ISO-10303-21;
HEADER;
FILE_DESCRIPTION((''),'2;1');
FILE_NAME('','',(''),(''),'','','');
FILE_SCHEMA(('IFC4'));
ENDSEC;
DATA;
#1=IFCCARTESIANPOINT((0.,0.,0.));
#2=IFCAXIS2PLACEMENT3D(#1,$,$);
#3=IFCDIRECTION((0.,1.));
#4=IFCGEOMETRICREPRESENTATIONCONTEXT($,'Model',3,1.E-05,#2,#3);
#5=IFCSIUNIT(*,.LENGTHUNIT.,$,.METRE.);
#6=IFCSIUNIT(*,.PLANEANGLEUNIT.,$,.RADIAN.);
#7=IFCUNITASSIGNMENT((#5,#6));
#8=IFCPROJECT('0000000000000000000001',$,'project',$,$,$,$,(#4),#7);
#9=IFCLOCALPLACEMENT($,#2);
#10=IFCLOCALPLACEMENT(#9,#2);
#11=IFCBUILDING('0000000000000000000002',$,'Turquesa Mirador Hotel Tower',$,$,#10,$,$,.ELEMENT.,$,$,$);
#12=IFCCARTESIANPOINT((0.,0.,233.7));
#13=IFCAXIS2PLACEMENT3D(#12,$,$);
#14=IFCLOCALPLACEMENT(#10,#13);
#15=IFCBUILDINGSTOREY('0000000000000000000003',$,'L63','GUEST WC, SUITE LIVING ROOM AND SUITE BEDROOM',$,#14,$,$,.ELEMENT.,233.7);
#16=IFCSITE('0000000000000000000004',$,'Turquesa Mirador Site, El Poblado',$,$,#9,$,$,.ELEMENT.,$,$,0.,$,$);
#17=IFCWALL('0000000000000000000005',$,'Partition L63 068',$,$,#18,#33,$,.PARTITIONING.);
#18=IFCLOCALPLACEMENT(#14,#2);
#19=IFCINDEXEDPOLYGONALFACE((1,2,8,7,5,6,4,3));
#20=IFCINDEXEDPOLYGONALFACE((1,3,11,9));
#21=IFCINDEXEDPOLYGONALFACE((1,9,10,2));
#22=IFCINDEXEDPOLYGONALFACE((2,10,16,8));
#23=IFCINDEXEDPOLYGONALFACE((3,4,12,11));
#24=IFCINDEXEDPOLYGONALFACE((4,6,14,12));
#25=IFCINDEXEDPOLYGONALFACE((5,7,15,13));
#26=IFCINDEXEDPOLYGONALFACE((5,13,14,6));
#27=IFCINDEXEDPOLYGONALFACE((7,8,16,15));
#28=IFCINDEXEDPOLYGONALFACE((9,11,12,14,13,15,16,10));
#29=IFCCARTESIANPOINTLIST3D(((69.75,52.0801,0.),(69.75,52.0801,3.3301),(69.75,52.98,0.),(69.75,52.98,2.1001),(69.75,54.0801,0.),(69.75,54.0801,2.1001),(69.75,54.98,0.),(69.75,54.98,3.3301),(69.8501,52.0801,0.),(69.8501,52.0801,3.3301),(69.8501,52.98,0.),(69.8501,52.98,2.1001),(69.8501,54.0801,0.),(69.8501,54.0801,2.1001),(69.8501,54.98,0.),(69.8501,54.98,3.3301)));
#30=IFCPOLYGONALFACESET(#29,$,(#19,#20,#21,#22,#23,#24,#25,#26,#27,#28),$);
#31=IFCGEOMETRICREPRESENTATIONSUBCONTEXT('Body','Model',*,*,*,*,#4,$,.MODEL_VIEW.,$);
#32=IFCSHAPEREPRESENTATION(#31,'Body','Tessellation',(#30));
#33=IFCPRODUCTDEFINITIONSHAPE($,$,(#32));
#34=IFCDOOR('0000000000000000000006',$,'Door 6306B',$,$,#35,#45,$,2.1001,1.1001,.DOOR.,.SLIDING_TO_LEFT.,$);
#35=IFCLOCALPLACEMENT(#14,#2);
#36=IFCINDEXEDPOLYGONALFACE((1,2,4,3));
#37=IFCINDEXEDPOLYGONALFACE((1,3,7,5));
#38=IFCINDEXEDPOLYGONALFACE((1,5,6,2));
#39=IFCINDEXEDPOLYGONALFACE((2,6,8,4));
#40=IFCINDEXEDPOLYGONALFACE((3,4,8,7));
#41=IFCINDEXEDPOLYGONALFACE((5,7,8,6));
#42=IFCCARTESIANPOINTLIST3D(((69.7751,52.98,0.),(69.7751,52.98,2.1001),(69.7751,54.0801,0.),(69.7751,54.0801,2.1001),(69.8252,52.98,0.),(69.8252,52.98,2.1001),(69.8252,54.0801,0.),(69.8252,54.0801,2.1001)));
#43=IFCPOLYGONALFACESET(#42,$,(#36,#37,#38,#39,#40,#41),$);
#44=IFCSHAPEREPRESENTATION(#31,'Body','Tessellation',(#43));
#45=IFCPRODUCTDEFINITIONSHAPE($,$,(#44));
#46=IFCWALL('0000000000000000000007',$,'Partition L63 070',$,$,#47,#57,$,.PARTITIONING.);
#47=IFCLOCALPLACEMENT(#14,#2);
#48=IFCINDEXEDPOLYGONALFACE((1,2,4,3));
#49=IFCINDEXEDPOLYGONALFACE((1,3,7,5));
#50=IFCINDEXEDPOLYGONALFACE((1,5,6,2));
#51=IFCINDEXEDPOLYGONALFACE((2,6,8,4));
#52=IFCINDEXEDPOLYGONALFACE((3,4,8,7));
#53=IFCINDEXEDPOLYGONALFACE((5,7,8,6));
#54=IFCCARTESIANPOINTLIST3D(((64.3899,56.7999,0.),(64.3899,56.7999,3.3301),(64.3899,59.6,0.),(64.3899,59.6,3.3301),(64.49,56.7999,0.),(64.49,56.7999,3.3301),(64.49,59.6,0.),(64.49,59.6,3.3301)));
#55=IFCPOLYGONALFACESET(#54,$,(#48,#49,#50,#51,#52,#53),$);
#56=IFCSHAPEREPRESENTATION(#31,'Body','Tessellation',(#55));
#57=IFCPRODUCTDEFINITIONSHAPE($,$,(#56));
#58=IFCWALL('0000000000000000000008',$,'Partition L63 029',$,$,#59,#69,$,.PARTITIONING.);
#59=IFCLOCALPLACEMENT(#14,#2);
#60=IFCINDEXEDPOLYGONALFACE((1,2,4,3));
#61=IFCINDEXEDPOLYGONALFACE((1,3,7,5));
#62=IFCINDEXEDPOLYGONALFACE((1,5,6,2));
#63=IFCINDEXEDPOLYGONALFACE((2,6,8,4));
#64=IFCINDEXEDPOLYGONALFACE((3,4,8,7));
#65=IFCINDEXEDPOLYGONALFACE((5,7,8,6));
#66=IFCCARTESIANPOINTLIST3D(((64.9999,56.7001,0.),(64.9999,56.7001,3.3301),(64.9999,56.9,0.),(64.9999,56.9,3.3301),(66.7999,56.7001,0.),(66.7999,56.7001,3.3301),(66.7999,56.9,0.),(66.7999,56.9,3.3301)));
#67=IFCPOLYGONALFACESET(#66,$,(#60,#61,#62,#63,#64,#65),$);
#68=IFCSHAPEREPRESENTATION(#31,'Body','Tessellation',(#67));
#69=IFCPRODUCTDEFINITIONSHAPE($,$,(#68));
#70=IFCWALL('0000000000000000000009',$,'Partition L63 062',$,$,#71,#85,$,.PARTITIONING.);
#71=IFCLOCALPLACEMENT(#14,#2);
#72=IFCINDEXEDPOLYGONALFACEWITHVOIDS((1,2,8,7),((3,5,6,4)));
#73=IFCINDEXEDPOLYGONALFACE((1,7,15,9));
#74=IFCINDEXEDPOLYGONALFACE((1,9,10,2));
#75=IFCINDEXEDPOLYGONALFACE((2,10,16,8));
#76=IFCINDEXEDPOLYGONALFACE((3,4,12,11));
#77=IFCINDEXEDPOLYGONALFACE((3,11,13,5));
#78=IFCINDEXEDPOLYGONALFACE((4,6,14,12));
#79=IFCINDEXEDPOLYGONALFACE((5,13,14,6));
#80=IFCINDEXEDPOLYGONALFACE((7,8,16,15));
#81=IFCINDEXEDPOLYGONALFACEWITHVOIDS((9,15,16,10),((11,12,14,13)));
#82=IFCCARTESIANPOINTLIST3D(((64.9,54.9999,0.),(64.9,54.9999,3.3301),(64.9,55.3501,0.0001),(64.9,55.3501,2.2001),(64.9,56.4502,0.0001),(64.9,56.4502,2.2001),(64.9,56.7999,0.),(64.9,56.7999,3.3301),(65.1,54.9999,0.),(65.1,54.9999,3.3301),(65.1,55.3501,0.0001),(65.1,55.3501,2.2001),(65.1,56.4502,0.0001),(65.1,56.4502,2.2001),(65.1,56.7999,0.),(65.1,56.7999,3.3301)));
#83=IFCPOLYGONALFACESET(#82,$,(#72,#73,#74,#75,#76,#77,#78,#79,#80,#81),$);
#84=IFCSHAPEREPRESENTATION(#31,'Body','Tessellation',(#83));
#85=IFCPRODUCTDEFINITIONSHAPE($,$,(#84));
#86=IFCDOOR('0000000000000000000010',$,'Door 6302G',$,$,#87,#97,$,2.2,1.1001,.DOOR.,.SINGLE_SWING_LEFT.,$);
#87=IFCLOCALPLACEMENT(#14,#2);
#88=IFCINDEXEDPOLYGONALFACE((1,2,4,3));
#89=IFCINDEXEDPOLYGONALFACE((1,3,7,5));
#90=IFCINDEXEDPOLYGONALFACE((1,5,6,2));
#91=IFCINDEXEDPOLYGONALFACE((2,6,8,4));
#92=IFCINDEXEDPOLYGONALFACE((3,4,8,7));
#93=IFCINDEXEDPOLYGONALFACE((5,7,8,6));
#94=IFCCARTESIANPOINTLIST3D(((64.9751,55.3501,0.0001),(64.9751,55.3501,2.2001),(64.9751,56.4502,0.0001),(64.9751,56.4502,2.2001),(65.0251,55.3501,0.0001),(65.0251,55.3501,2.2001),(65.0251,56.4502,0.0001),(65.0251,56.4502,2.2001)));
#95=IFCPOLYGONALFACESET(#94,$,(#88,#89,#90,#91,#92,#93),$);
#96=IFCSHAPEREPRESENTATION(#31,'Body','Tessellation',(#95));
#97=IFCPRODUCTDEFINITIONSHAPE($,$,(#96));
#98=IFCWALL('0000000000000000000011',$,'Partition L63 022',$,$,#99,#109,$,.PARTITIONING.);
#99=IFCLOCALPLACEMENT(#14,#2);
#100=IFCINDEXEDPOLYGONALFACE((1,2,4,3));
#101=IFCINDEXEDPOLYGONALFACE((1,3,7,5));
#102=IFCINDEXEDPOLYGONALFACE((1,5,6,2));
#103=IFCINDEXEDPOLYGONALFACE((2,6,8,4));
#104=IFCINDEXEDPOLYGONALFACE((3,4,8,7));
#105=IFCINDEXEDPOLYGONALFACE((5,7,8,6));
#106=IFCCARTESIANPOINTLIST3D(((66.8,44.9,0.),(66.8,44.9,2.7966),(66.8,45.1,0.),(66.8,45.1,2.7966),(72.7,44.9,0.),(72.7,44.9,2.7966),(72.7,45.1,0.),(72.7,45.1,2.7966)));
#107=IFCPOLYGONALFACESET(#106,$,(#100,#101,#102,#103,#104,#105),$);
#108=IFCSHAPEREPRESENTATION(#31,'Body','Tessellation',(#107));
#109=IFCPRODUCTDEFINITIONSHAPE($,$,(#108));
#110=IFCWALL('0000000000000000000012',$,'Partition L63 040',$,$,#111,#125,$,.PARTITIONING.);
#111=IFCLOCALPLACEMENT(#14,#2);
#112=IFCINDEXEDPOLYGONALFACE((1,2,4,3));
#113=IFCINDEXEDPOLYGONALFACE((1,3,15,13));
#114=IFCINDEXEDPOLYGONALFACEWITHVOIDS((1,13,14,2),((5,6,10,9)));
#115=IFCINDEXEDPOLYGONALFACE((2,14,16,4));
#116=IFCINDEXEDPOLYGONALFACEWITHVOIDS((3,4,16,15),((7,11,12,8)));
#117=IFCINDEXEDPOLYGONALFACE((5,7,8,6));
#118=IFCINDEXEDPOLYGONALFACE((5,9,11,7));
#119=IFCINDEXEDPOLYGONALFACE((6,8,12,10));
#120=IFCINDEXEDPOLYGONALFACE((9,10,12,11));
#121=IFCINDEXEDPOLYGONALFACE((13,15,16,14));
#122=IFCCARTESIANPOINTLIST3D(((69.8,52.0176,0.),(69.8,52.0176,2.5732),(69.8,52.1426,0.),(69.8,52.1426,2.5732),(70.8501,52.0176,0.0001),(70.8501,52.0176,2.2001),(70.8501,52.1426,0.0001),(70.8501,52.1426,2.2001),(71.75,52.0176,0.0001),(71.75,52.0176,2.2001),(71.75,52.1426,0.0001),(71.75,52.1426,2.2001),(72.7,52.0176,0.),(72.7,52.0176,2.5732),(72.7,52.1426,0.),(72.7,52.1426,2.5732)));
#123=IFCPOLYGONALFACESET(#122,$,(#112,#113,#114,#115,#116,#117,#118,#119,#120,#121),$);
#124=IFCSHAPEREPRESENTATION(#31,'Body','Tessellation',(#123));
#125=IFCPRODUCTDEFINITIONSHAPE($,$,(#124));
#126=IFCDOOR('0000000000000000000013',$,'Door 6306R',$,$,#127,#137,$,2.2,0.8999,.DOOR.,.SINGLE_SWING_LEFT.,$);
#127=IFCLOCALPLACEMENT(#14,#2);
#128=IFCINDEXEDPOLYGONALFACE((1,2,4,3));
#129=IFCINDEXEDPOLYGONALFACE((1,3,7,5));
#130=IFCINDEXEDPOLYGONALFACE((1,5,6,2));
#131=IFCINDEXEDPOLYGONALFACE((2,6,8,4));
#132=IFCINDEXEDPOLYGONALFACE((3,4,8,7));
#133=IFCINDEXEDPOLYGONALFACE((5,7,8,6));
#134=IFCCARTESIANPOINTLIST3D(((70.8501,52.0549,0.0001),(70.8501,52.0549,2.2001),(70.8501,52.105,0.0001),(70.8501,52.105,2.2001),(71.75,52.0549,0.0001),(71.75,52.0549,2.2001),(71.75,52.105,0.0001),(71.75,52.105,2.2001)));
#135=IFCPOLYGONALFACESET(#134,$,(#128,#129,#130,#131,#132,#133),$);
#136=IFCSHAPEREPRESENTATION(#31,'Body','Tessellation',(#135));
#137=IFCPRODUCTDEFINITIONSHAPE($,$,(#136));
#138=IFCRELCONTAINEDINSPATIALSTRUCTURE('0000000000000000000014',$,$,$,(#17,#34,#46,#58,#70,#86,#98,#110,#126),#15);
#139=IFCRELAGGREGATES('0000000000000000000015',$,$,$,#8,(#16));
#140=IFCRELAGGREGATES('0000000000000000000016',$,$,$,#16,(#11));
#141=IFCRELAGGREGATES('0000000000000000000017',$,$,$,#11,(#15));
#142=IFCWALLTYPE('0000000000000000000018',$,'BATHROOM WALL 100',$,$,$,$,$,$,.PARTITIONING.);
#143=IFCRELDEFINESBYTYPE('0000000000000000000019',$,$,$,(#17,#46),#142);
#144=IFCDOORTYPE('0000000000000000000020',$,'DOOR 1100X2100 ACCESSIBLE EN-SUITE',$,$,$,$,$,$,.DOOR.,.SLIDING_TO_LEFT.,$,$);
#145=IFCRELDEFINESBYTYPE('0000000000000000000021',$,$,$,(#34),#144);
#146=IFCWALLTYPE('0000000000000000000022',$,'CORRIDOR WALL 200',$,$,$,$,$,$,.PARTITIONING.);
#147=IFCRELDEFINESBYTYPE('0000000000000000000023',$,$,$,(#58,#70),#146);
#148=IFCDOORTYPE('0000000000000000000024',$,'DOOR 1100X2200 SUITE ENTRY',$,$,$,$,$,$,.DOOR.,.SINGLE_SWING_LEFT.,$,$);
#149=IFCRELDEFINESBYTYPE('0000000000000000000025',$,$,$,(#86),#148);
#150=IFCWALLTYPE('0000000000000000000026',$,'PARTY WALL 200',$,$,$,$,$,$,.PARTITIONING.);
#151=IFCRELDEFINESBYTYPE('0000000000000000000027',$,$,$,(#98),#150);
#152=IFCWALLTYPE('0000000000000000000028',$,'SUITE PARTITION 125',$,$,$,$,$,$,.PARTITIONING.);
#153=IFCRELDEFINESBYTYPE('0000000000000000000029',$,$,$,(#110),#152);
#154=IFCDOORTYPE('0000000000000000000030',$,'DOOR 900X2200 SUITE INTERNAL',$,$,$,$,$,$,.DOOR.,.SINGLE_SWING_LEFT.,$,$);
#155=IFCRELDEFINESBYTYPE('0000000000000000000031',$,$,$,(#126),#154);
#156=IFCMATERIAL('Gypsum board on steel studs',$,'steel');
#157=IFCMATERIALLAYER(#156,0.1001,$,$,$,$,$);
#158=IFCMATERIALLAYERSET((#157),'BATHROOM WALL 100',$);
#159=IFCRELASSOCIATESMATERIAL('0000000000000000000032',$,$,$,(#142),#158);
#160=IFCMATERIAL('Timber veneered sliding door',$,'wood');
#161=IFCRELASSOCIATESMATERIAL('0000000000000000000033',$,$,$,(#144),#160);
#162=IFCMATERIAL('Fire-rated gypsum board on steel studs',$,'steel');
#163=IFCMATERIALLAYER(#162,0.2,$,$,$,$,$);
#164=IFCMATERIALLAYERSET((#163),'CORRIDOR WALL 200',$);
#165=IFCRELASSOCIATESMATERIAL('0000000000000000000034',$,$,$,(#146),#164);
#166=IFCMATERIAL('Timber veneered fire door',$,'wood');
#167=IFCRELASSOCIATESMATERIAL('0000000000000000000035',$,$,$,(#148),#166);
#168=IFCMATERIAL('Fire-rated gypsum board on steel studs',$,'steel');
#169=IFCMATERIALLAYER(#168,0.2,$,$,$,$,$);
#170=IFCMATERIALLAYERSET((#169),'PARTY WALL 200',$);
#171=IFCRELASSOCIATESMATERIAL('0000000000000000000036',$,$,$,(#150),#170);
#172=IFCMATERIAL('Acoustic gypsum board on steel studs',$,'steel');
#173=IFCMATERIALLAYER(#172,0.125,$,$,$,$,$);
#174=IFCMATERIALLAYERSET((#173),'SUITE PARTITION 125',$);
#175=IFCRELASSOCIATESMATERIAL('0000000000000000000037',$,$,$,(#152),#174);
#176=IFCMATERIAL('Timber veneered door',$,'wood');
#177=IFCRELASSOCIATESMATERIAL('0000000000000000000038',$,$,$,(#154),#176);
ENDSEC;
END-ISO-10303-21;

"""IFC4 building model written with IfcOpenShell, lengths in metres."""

from ifc_helpers import new_model, si_unit, direction, frame, frame_2d, origin, place, context, subcontext, project, spatial, rectangle, extrude, material, layer, layer_set, type_object, element, fill, save


model = new_model("IFC4")

# Units and contexts
model_context = context("Model", 3, precision=1e-05, world=origin(), true_north=direction((0.0, 1.0)))
body_context = subcontext(model_context, "Body", "Model", "MODEL_VIEW")
ifc_project = project(units=[si_unit("LENGTHUNIT", "METRE"), si_unit("PLANEANGLEUNIT", "RADIAN")], contexts=[model_context])

# Site, building, storey
site_placement = place(None, origin())
site = spatial("IfcSite", under=ifc_project, at=site_placement, Name="Turquesa Mirador Site, El Poblado", CompositionType="ELEMENT", RefElevation=0.0)
building_placement = place(site_placement, origin())
building = spatial("IfcBuilding", under=site, at=building_placement, Name="Turquesa Mirador Hotel Tower", CompositionType="ELEMENT")
storey_placement = place(building_placement, frame((0.0, 0.0, 233.7)))
storey = spatial("IfcBuildingStorey", under=building, at=storey_placement, Name="L63", Description="GUEST WC, SUITE LIVING ROOM AND SUITE BEDROOM", CompositionType="ELEMENT", Elevation=233.7)

# Shared definitions
ifc_material_1 = material(Name="Gypsum board on steel studs", Category="steel")
ifc_layer_1 = layer(ifc_material_1, 0.1001)
ifc_layer_set_1 = layer_set([ifc_layer_1], Name="BATHROOM WALL 100")
wall_type_1 = type_object("IfcWallType", Name="BATHROOM WALL 100", PredefinedType="PARTITIONING", material=ifc_layer_set_1)

# Wall, opening, door
wall_1_placement = place(storey_placement, frame((69.8, 52.0801, 0.0), z_axis=(0.0, 0.0, 1.0), x_axis=(0.0, 1.0, 0.0)))
wall_1 = element("IfcWall", 1, at=wall_1_placement, inside=storey, type_object=wall_type_1, Name="Partition L63 068", PredefinedType="PARTITIONING", context=body_context, shape_type="SweptSolid", body=[
    extrude(rectangle(XDim=2.8999, YDim=0.1001, at=frame_2d((1.45, 0.0))), origin(), (0.0, 0.0, 1.0), 3.3301),
])
opening_1_placement = place(wall_1_placement, frame((0.8999, 0.0, 0.0)))
opening_1 = element("IfcOpeningElement", 2, at=opening_1_placement, cuts=wall_1, PredefinedType="OPENING", context=body_context, shape_type="SweptSolid", body=[
    extrude(rectangle(XDim=1.1001, YDim=2.1001, at=frame_2d((0.55, 1.05))), frame((0.0, 0.0601, 0.0), z_axis=(0.0, -1.0, 0.0), x_axis=(1.0, 0.0, 0.0)), (0.0, 0.0, 1.0), 0.1201),
])
ifc_material_2 = material(Name="Timber veneered sliding door", Category="wood")
door_type_1 = type_object("IfcDoorType", Name="DOOR 1100X2100 ACCESSIBLE EN-SUITE", OperationType="SLIDING_TO_LEFT", PredefinedType="DOOR", material=ifc_material_2)
door_1_placement = place(opening_1_placement, origin())
door_1 = element("IfcDoor", 3, at=door_1_placement, inside=storey, type_object=door_type_1, Name="Door 6306B", OperationType="SLIDING_TO_LEFT", OverallHeight=2.1001, OverallWidth=1.1001, PredefinedType="DOOR", context=body_context, shape_type="SweptSolid", body=[
    extrude(rectangle(XDim=1.1001, YDim=2.1001, at=frame_2d((0.55, 1.05))), frame((0.0, 0.0249, 0.0), z_axis=(0.0, -1.0, 0.0), x_axis=(1.0, 0.0, 0.0)), (0.0, 0.0, 1.0), 0.05),
])
fill(opening_1, door_1)

# Walls
wall_2_placement = place(storey_placement, frame((64.4399, 56.8, 0.0), z_axis=(0.0, 0.0, 1.0), x_axis=(0.0, 1.0, 0.0)))
element("IfcWall", 4, at=wall_2_placement, inside=storey, type_object=wall_type_1, Name="Partition L63 070", PredefinedType="PARTITIONING", context=body_context, shape_type="SweptSolid", body=[
    extrude(rectangle(XDim=2.8, YDim=0.1001, at=frame_2d((1.3999, 0.0))), origin(), (0.0, 0.0, 1.0), 3.3301),
])
ifc_material_3 = material(Name="Fire-rated gypsum board on steel studs", Category="steel")
ifc_layer_2 = layer(ifc_material_3, 0.2)
ifc_layer_set_2 = layer_set([ifc_layer_2], Name="CORRIDOR WALL 200")
wall_type_2 = type_object("IfcWallType", Name="CORRIDOR WALL 200", PredefinedType="PARTITIONING", material=ifc_layer_set_2)
wall_3_placement = place(storey_placement, frame((65.0, 56.8, 0.0), z_axis=(0.0, 0.0, 1.0), x_axis=(1.0, 0.0, 0.0)))
element("IfcWall", 5, at=wall_3_placement, inside=storey, type_object=wall_type_2, Name="Partition L63 029", PredefinedType="PARTITIONING", context=body_context, shape_type="SweptSolid", body=[
    extrude(rectangle(XDim=1.8, YDim=0.2, at=frame_2d((0.8999, 0.0))), origin(), (0.0, 0.0, 1.0), 3.3301),
])

# Wall, opening, door
wall_4_placement = place(storey_placement, frame((65.0, 55.0, 0.0), z_axis=(0.0, 0.0, 1.0), x_axis=(0.0, 1.0, 0.0)))
wall_4 = element("IfcWall", 6, at=wall_4_placement, inside=storey, type_object=wall_type_2, Name="Partition L63 062", PredefinedType="PARTITIONING", context=body_context, shape_type="SweptSolid", body=[
    extrude(rectangle(XDim=1.8, YDim=0.2, at=frame_2d((0.8999, 0.0))), origin(), (0.0, 0.0, 1.0), 3.3301),
])
opening_2_placement = place(wall_4_placement, frame((0.3501, 0.0, 0.0)))
opening_2 = element("IfcOpeningElement", 7, at=opening_2_placement, cuts=wall_4, PredefinedType="OPENING", context=body_context, shape_type="SweptSolid", body=[
    extrude(rectangle(XDim=1.1001, YDim=2.2, at=frame_2d((0.55, 1.1001))), frame((0.0, 0.1099, 0.0), z_axis=(0.0, -1.0, 0.0), x_axis=(1.0, 0.0, 0.0)), (0.0, 0.0, 1.0), 0.22),
])
ifc_material_4 = material(Name="Timber veneered fire door", Category="wood")
door_type_2 = type_object("IfcDoorType", Name="DOOR 1100X2200 SUITE ENTRY", OperationType="SINGLE_SWING_LEFT", PredefinedType="DOOR", material=ifc_material_4)
door_2_placement = place(opening_2_placement, origin())
door_2 = element("IfcDoor", 8, at=door_2_placement, inside=storey, type_object=door_type_2, Name="Door 6302G", OperationType="SINGLE_SWING_LEFT", OverallHeight=2.2, OverallWidth=1.1001, PredefinedType="DOOR", context=body_context, shape_type="SweptSolid", body=[
    extrude(rectangle(XDim=1.1001, YDim=2.2, at=frame_2d((0.55, 1.1001))), frame((0.0, 0.0249, 0.0), z_axis=(0.0, -1.0, 0.0), x_axis=(1.0, 0.0, 0.0)), (0.0, 0.0, 1.0), 0.05),
])
fill(opening_2, door_2)

# Wall
ifc_material_5 = material(Name="Fire-rated gypsum board on steel studs", Category="steel")
ifc_layer_3 = layer(ifc_material_5, 0.2)
ifc_layer_set_3 = layer_set([ifc_layer_3], Name="PARTY WALL 200")
wall_type_3 = type_object("IfcWallType", Name="PARTY WALL 200", PredefinedType="PARTITIONING", material=ifc_layer_set_3)
wall_5_placement = place(storey_placement, frame((66.8, 45.0, 0.0), z_axis=(0.0, 0.0, 1.0), x_axis=(1.0, 0.0, 0.0)))
element("IfcWall", 9, at=wall_5_placement, inside=storey, type_object=wall_type_3, Name="Partition L63 022", PredefinedType="PARTITIONING", context=body_context, shape_type="SweptSolid", body=[
    extrude(rectangle(XDim=5.8999, YDim=0.2, at=frame_2d((2.95, 0.0))), origin(), (0.0, 0.0, 1.0), 2.7966),
])

# Wall, opening, door
ifc_material_6 = material(Name="Acoustic gypsum board on steel studs", Category="steel")
ifc_layer_4 = layer(ifc_material_6, 0.125)
ifc_layer_set_4 = layer_set([ifc_layer_4], Name="SUITE PARTITION 125")
wall_type_4 = type_object("IfcWallType", Name="SUITE PARTITION 125", PredefinedType="PARTITIONING", material=ifc_layer_set_4)
wall_6_placement = place(storey_placement, frame((69.8, 52.0801, 0.0), z_axis=(0.0, 0.0, 1.0), x_axis=(1.0, 0.0, 0.0)))
wall_6 = element("IfcWall", 10, at=wall_6_placement, inside=storey, type_object=wall_type_4, Name="Partition L63 040", PredefinedType="PARTITIONING", context=body_context, shape_type="SweptSolid", body=[
    extrude(rectangle(XDim=2.8999, YDim=0.125, at=frame_2d((1.45, 0.0))), origin(), (0.0, 0.0, 1.0), 2.5732),
])
opening_3_placement = place(wall_6_placement, frame((1.05, 0.0, 0.0)))
opening_3 = element("IfcOpeningElement", 11, at=opening_3_placement, cuts=wall_6, PredefinedType="OPENING", context=body_context, shape_type="SweptSolid", body=[
    extrude(rectangle(XDim=0.8999, YDim=2.2, at=frame_2d((0.45, 1.1001))), frame((0.0, 0.0725, 0.0), z_axis=(0.0, -1.0, 0.0), x_axis=(1.0, 0.0, 0.0)), (0.0, 0.0, 1.0), 0.145),
])
ifc_material_7 = material(Name="Timber veneered door", Category="wood")
door_type_3 = type_object("IfcDoorType", Name="DOOR 900X2200 SUITE INTERNAL", OperationType="SINGLE_SWING_LEFT", PredefinedType="DOOR", material=ifc_material_7)
door_3_placement = place(opening_3_placement, origin())
door_3 = element("IfcDoor", 12, at=door_3_placement, inside=storey, type_object=door_type_3, Name="Door 6306R", OperationType="SINGLE_SWING_LEFT", OverallHeight=2.2, OverallWidth=0.8999, PredefinedType="DOOR", context=body_context, shape_type="SweptSolid", body=[
    extrude(rectangle(XDim=0.8999, YDim=2.2, at=frame_2d((0.45, 1.1001))), frame((0.0, 0.0249, 0.0), z_axis=(0.0, -1.0, 0.0), x_axis=(1.0, 0.0, 0.0)), (0.0, 0.0, 1.0), 0.05),
])
fill(opening_3, door_3)

save(model, "model.ifc")
